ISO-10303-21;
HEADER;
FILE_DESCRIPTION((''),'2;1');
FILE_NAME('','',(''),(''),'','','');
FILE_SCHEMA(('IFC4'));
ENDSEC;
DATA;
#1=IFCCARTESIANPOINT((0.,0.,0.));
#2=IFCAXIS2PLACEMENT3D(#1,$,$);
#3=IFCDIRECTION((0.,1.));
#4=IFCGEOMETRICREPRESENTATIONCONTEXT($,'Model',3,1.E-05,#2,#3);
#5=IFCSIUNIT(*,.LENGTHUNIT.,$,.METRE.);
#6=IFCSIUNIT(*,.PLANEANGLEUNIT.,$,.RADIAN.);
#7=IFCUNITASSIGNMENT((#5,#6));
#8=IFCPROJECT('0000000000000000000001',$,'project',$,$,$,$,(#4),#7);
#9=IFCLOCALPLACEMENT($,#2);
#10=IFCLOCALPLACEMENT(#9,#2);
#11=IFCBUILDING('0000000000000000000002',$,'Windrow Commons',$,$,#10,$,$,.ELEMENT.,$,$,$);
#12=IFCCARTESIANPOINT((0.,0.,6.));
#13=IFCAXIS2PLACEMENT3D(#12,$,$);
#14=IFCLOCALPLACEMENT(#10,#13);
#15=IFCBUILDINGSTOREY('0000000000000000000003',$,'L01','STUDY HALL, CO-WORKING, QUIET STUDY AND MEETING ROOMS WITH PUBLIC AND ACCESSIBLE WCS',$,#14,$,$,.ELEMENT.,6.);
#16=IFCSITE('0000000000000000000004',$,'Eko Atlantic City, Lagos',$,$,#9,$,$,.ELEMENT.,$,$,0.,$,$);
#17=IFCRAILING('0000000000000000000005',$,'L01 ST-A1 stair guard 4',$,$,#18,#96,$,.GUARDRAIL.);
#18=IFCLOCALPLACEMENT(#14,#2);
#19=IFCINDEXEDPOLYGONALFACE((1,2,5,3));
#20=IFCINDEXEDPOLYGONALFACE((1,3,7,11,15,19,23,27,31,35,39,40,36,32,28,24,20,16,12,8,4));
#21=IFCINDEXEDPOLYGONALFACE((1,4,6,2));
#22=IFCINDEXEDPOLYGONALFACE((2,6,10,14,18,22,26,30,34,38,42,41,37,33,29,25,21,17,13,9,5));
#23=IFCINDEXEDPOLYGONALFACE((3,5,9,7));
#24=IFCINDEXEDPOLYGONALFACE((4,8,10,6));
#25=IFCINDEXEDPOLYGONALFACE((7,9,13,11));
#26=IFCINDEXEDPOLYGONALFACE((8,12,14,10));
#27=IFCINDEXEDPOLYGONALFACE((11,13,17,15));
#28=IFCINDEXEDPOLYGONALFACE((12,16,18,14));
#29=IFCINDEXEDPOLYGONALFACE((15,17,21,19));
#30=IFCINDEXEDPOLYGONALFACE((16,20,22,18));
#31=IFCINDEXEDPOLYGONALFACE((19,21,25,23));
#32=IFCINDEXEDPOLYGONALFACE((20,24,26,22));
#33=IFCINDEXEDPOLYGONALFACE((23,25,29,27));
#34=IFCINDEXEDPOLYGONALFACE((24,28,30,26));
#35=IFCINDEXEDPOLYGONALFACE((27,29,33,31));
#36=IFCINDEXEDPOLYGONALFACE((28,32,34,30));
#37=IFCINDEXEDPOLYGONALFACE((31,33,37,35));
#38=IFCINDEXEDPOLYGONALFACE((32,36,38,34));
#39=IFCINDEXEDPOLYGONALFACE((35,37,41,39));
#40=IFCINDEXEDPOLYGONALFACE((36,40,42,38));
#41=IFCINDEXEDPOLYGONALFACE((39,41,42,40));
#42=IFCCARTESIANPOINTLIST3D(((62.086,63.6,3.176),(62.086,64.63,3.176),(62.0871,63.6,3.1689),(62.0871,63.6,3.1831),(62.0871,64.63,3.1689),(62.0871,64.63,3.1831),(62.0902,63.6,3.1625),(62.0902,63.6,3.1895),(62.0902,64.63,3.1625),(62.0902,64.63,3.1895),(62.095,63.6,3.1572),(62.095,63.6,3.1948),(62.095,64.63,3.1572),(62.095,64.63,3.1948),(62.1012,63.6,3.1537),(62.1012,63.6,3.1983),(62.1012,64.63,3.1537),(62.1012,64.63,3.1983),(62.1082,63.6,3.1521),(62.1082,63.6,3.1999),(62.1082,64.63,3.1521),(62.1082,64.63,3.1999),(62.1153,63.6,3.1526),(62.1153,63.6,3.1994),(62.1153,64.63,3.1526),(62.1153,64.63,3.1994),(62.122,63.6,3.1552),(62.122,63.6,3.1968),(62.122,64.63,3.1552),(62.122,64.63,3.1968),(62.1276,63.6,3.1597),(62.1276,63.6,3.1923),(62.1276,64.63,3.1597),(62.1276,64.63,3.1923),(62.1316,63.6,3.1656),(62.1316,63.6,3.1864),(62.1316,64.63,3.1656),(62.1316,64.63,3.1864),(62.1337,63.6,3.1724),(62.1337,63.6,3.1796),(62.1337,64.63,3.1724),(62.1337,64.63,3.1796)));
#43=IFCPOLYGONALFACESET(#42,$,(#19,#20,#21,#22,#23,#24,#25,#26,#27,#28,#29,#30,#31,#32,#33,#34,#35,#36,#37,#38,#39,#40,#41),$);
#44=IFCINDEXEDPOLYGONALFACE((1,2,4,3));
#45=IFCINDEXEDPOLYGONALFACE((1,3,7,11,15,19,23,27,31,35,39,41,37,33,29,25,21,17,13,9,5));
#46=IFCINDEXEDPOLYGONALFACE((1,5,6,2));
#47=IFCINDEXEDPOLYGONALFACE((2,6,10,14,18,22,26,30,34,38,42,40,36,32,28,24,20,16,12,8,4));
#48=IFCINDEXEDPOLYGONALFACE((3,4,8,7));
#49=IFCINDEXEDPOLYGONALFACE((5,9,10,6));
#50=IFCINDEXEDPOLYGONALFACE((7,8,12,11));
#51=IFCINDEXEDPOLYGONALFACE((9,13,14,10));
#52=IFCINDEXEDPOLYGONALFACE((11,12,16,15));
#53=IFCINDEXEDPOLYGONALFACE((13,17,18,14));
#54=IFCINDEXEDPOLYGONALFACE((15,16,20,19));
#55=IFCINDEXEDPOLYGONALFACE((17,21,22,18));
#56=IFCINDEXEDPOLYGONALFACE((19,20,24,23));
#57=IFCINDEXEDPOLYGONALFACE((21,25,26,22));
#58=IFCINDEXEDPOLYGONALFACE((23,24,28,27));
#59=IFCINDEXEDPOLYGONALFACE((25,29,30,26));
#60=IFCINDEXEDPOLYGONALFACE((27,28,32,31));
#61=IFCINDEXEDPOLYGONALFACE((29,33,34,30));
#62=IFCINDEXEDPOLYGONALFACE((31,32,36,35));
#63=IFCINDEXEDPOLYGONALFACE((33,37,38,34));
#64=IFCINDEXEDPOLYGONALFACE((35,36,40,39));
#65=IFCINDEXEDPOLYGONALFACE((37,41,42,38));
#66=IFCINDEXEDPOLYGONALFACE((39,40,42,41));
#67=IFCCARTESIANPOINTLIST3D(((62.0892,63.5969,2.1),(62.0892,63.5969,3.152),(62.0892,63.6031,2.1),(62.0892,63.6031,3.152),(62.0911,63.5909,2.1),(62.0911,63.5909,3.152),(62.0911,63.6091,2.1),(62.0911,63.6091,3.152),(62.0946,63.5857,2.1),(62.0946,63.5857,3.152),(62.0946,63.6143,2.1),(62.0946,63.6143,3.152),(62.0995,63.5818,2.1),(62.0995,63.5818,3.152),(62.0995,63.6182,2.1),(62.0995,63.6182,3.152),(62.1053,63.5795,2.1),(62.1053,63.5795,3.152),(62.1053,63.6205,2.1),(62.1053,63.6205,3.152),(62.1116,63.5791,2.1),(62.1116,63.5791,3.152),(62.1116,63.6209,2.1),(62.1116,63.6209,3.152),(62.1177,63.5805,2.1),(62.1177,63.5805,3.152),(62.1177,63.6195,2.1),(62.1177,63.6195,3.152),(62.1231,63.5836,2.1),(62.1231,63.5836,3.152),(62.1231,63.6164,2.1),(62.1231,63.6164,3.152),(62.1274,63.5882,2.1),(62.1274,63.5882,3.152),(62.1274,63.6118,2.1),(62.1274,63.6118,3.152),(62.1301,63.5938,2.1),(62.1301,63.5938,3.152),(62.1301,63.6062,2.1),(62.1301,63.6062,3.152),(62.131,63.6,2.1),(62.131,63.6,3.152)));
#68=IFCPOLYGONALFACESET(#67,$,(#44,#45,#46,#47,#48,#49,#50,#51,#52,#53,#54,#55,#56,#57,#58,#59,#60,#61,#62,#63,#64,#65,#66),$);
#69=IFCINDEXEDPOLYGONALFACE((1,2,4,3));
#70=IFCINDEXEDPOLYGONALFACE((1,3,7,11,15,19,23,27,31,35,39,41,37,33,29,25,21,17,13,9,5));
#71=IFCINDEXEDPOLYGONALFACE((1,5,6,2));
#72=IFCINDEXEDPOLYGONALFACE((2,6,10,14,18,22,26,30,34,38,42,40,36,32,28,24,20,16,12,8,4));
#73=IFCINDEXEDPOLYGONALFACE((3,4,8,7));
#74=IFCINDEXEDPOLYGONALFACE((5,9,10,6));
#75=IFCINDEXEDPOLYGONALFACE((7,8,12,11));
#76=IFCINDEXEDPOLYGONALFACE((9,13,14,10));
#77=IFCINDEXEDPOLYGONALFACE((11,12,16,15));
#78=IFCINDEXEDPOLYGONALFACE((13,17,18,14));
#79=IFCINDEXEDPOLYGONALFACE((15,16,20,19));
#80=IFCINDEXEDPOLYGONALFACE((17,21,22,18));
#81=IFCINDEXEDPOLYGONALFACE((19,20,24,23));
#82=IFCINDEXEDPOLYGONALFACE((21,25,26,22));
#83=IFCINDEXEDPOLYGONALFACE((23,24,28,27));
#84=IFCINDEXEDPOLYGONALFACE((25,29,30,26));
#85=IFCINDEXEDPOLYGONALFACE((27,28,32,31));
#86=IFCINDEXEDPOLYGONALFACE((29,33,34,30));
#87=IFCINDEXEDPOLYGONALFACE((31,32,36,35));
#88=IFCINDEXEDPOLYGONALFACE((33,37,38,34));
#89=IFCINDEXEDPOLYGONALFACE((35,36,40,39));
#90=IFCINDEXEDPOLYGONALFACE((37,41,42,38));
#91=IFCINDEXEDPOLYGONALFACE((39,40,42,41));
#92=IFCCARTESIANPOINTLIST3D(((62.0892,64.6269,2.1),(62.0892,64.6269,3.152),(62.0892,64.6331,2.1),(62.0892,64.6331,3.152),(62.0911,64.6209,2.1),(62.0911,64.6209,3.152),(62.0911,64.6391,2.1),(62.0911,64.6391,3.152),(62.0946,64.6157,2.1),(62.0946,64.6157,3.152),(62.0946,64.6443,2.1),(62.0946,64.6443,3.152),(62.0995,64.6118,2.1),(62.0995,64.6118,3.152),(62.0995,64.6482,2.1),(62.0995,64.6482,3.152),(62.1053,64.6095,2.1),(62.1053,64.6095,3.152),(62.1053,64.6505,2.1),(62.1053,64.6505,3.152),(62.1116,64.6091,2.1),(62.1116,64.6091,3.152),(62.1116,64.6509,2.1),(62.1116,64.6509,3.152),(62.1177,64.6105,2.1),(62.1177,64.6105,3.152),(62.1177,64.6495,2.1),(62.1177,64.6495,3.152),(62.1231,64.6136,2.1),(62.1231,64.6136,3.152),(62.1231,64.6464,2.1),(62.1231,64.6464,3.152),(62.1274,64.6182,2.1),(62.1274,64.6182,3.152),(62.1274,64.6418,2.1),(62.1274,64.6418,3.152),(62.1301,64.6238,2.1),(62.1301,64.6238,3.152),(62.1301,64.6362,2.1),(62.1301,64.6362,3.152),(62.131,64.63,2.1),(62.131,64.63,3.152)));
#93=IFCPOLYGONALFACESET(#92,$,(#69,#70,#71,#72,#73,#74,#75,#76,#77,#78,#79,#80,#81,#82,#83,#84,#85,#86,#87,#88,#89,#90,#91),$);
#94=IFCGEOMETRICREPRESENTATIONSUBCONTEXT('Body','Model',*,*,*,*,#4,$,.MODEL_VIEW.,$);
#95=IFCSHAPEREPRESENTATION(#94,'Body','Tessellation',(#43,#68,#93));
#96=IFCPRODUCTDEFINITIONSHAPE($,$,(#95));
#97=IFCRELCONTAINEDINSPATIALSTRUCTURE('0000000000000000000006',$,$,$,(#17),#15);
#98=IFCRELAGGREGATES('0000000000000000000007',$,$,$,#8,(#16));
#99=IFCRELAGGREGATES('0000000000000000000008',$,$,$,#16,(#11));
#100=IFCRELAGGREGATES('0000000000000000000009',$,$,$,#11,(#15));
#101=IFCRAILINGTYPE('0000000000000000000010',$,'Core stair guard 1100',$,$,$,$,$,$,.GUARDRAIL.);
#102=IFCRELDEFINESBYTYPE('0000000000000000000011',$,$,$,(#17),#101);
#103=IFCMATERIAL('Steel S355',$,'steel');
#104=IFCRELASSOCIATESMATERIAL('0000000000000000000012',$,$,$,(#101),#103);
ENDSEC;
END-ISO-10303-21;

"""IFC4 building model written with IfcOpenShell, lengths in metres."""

from ifc_helpers import new_model, si_unit, direction, frame, origin, origin_2d, place, context, subcontext, project, spatial, circle, extrude, material, type_object, element, save


model = new_model("IFC4")

# Units and contexts
model_context = context("Model", 3, precision=1e-05, world=origin(), true_north=direction((0.0, 1.0)))
body_context = subcontext(model_context, "Body", "Model", "MODEL_VIEW")
ifc_project = project(units=[si_unit("LENGTHUNIT", "METRE"), si_unit("PLANEANGLEUNIT", "RADIAN")], contexts=[model_context])

# Site, building, storey
site_placement = place(None, origin())
site = spatial("IfcSite", under=ifc_project, at=site_placement, Name="Eko Atlantic City, Lagos", CompositionType="ELEMENT", RefElevation=0.0)
building_placement = place(site_placement, origin())
building = spatial("IfcBuilding", under=site, at=building_placement, Name="Windrow Commons", CompositionType="ELEMENT")
storey_placement = place(building_placement, frame((0.0, 0.0, 6.0)))
storey = spatial("IfcBuildingStorey", under=building, at=storey_placement, Name="L01", Description="STUDY HALL, CO-WORKING, QUIET STUDY AND MEETING ROOMS WITH PUBLIC AND ACCESSIBLE WCS", CompositionType="ELEMENT", Elevation=6.0)

# Railing
ifc_material_1 = material(Name="Steel S355", Category="steel")
railing_type_1 = type_object("IfcRailingType", Name="Core stair guard 1100", PredefinedType="GUARDRAIL", material=ifc_material_1)
railing_1_placement = place(storey_placement, frame((62.11, 63.6, 2.1)))
element("IfcRailing", 1, at=railing_1_placement, inside=storey, type_object=railing_type_1, Name="L01 ST-A1 stair guard 4", PredefinedType="GUARDRAIL", context=body_context, shape_type="SweptSolid", body=[
    extrude(circle(Radius=0.024, at=origin_2d()), frame((0.0, 0.0, 1.076), z_axis=(0.0, 1.0, 0.0), x_axis=(-1.0, 0.0, 0.0)), (0.0, 0.0, 1.0), 1.03),
    extrude(circle(Radius=0.021, at=origin_2d()), origin(), (0.0, 0.0, 1.0), 1.052),
    extrude(circle(Radius=0.021, at=origin_2d()), frame((0.0, 1.03, 0.0)), (0.0, 0.0, 1.0), 1.052),
])

save(model, "model.ifc")
